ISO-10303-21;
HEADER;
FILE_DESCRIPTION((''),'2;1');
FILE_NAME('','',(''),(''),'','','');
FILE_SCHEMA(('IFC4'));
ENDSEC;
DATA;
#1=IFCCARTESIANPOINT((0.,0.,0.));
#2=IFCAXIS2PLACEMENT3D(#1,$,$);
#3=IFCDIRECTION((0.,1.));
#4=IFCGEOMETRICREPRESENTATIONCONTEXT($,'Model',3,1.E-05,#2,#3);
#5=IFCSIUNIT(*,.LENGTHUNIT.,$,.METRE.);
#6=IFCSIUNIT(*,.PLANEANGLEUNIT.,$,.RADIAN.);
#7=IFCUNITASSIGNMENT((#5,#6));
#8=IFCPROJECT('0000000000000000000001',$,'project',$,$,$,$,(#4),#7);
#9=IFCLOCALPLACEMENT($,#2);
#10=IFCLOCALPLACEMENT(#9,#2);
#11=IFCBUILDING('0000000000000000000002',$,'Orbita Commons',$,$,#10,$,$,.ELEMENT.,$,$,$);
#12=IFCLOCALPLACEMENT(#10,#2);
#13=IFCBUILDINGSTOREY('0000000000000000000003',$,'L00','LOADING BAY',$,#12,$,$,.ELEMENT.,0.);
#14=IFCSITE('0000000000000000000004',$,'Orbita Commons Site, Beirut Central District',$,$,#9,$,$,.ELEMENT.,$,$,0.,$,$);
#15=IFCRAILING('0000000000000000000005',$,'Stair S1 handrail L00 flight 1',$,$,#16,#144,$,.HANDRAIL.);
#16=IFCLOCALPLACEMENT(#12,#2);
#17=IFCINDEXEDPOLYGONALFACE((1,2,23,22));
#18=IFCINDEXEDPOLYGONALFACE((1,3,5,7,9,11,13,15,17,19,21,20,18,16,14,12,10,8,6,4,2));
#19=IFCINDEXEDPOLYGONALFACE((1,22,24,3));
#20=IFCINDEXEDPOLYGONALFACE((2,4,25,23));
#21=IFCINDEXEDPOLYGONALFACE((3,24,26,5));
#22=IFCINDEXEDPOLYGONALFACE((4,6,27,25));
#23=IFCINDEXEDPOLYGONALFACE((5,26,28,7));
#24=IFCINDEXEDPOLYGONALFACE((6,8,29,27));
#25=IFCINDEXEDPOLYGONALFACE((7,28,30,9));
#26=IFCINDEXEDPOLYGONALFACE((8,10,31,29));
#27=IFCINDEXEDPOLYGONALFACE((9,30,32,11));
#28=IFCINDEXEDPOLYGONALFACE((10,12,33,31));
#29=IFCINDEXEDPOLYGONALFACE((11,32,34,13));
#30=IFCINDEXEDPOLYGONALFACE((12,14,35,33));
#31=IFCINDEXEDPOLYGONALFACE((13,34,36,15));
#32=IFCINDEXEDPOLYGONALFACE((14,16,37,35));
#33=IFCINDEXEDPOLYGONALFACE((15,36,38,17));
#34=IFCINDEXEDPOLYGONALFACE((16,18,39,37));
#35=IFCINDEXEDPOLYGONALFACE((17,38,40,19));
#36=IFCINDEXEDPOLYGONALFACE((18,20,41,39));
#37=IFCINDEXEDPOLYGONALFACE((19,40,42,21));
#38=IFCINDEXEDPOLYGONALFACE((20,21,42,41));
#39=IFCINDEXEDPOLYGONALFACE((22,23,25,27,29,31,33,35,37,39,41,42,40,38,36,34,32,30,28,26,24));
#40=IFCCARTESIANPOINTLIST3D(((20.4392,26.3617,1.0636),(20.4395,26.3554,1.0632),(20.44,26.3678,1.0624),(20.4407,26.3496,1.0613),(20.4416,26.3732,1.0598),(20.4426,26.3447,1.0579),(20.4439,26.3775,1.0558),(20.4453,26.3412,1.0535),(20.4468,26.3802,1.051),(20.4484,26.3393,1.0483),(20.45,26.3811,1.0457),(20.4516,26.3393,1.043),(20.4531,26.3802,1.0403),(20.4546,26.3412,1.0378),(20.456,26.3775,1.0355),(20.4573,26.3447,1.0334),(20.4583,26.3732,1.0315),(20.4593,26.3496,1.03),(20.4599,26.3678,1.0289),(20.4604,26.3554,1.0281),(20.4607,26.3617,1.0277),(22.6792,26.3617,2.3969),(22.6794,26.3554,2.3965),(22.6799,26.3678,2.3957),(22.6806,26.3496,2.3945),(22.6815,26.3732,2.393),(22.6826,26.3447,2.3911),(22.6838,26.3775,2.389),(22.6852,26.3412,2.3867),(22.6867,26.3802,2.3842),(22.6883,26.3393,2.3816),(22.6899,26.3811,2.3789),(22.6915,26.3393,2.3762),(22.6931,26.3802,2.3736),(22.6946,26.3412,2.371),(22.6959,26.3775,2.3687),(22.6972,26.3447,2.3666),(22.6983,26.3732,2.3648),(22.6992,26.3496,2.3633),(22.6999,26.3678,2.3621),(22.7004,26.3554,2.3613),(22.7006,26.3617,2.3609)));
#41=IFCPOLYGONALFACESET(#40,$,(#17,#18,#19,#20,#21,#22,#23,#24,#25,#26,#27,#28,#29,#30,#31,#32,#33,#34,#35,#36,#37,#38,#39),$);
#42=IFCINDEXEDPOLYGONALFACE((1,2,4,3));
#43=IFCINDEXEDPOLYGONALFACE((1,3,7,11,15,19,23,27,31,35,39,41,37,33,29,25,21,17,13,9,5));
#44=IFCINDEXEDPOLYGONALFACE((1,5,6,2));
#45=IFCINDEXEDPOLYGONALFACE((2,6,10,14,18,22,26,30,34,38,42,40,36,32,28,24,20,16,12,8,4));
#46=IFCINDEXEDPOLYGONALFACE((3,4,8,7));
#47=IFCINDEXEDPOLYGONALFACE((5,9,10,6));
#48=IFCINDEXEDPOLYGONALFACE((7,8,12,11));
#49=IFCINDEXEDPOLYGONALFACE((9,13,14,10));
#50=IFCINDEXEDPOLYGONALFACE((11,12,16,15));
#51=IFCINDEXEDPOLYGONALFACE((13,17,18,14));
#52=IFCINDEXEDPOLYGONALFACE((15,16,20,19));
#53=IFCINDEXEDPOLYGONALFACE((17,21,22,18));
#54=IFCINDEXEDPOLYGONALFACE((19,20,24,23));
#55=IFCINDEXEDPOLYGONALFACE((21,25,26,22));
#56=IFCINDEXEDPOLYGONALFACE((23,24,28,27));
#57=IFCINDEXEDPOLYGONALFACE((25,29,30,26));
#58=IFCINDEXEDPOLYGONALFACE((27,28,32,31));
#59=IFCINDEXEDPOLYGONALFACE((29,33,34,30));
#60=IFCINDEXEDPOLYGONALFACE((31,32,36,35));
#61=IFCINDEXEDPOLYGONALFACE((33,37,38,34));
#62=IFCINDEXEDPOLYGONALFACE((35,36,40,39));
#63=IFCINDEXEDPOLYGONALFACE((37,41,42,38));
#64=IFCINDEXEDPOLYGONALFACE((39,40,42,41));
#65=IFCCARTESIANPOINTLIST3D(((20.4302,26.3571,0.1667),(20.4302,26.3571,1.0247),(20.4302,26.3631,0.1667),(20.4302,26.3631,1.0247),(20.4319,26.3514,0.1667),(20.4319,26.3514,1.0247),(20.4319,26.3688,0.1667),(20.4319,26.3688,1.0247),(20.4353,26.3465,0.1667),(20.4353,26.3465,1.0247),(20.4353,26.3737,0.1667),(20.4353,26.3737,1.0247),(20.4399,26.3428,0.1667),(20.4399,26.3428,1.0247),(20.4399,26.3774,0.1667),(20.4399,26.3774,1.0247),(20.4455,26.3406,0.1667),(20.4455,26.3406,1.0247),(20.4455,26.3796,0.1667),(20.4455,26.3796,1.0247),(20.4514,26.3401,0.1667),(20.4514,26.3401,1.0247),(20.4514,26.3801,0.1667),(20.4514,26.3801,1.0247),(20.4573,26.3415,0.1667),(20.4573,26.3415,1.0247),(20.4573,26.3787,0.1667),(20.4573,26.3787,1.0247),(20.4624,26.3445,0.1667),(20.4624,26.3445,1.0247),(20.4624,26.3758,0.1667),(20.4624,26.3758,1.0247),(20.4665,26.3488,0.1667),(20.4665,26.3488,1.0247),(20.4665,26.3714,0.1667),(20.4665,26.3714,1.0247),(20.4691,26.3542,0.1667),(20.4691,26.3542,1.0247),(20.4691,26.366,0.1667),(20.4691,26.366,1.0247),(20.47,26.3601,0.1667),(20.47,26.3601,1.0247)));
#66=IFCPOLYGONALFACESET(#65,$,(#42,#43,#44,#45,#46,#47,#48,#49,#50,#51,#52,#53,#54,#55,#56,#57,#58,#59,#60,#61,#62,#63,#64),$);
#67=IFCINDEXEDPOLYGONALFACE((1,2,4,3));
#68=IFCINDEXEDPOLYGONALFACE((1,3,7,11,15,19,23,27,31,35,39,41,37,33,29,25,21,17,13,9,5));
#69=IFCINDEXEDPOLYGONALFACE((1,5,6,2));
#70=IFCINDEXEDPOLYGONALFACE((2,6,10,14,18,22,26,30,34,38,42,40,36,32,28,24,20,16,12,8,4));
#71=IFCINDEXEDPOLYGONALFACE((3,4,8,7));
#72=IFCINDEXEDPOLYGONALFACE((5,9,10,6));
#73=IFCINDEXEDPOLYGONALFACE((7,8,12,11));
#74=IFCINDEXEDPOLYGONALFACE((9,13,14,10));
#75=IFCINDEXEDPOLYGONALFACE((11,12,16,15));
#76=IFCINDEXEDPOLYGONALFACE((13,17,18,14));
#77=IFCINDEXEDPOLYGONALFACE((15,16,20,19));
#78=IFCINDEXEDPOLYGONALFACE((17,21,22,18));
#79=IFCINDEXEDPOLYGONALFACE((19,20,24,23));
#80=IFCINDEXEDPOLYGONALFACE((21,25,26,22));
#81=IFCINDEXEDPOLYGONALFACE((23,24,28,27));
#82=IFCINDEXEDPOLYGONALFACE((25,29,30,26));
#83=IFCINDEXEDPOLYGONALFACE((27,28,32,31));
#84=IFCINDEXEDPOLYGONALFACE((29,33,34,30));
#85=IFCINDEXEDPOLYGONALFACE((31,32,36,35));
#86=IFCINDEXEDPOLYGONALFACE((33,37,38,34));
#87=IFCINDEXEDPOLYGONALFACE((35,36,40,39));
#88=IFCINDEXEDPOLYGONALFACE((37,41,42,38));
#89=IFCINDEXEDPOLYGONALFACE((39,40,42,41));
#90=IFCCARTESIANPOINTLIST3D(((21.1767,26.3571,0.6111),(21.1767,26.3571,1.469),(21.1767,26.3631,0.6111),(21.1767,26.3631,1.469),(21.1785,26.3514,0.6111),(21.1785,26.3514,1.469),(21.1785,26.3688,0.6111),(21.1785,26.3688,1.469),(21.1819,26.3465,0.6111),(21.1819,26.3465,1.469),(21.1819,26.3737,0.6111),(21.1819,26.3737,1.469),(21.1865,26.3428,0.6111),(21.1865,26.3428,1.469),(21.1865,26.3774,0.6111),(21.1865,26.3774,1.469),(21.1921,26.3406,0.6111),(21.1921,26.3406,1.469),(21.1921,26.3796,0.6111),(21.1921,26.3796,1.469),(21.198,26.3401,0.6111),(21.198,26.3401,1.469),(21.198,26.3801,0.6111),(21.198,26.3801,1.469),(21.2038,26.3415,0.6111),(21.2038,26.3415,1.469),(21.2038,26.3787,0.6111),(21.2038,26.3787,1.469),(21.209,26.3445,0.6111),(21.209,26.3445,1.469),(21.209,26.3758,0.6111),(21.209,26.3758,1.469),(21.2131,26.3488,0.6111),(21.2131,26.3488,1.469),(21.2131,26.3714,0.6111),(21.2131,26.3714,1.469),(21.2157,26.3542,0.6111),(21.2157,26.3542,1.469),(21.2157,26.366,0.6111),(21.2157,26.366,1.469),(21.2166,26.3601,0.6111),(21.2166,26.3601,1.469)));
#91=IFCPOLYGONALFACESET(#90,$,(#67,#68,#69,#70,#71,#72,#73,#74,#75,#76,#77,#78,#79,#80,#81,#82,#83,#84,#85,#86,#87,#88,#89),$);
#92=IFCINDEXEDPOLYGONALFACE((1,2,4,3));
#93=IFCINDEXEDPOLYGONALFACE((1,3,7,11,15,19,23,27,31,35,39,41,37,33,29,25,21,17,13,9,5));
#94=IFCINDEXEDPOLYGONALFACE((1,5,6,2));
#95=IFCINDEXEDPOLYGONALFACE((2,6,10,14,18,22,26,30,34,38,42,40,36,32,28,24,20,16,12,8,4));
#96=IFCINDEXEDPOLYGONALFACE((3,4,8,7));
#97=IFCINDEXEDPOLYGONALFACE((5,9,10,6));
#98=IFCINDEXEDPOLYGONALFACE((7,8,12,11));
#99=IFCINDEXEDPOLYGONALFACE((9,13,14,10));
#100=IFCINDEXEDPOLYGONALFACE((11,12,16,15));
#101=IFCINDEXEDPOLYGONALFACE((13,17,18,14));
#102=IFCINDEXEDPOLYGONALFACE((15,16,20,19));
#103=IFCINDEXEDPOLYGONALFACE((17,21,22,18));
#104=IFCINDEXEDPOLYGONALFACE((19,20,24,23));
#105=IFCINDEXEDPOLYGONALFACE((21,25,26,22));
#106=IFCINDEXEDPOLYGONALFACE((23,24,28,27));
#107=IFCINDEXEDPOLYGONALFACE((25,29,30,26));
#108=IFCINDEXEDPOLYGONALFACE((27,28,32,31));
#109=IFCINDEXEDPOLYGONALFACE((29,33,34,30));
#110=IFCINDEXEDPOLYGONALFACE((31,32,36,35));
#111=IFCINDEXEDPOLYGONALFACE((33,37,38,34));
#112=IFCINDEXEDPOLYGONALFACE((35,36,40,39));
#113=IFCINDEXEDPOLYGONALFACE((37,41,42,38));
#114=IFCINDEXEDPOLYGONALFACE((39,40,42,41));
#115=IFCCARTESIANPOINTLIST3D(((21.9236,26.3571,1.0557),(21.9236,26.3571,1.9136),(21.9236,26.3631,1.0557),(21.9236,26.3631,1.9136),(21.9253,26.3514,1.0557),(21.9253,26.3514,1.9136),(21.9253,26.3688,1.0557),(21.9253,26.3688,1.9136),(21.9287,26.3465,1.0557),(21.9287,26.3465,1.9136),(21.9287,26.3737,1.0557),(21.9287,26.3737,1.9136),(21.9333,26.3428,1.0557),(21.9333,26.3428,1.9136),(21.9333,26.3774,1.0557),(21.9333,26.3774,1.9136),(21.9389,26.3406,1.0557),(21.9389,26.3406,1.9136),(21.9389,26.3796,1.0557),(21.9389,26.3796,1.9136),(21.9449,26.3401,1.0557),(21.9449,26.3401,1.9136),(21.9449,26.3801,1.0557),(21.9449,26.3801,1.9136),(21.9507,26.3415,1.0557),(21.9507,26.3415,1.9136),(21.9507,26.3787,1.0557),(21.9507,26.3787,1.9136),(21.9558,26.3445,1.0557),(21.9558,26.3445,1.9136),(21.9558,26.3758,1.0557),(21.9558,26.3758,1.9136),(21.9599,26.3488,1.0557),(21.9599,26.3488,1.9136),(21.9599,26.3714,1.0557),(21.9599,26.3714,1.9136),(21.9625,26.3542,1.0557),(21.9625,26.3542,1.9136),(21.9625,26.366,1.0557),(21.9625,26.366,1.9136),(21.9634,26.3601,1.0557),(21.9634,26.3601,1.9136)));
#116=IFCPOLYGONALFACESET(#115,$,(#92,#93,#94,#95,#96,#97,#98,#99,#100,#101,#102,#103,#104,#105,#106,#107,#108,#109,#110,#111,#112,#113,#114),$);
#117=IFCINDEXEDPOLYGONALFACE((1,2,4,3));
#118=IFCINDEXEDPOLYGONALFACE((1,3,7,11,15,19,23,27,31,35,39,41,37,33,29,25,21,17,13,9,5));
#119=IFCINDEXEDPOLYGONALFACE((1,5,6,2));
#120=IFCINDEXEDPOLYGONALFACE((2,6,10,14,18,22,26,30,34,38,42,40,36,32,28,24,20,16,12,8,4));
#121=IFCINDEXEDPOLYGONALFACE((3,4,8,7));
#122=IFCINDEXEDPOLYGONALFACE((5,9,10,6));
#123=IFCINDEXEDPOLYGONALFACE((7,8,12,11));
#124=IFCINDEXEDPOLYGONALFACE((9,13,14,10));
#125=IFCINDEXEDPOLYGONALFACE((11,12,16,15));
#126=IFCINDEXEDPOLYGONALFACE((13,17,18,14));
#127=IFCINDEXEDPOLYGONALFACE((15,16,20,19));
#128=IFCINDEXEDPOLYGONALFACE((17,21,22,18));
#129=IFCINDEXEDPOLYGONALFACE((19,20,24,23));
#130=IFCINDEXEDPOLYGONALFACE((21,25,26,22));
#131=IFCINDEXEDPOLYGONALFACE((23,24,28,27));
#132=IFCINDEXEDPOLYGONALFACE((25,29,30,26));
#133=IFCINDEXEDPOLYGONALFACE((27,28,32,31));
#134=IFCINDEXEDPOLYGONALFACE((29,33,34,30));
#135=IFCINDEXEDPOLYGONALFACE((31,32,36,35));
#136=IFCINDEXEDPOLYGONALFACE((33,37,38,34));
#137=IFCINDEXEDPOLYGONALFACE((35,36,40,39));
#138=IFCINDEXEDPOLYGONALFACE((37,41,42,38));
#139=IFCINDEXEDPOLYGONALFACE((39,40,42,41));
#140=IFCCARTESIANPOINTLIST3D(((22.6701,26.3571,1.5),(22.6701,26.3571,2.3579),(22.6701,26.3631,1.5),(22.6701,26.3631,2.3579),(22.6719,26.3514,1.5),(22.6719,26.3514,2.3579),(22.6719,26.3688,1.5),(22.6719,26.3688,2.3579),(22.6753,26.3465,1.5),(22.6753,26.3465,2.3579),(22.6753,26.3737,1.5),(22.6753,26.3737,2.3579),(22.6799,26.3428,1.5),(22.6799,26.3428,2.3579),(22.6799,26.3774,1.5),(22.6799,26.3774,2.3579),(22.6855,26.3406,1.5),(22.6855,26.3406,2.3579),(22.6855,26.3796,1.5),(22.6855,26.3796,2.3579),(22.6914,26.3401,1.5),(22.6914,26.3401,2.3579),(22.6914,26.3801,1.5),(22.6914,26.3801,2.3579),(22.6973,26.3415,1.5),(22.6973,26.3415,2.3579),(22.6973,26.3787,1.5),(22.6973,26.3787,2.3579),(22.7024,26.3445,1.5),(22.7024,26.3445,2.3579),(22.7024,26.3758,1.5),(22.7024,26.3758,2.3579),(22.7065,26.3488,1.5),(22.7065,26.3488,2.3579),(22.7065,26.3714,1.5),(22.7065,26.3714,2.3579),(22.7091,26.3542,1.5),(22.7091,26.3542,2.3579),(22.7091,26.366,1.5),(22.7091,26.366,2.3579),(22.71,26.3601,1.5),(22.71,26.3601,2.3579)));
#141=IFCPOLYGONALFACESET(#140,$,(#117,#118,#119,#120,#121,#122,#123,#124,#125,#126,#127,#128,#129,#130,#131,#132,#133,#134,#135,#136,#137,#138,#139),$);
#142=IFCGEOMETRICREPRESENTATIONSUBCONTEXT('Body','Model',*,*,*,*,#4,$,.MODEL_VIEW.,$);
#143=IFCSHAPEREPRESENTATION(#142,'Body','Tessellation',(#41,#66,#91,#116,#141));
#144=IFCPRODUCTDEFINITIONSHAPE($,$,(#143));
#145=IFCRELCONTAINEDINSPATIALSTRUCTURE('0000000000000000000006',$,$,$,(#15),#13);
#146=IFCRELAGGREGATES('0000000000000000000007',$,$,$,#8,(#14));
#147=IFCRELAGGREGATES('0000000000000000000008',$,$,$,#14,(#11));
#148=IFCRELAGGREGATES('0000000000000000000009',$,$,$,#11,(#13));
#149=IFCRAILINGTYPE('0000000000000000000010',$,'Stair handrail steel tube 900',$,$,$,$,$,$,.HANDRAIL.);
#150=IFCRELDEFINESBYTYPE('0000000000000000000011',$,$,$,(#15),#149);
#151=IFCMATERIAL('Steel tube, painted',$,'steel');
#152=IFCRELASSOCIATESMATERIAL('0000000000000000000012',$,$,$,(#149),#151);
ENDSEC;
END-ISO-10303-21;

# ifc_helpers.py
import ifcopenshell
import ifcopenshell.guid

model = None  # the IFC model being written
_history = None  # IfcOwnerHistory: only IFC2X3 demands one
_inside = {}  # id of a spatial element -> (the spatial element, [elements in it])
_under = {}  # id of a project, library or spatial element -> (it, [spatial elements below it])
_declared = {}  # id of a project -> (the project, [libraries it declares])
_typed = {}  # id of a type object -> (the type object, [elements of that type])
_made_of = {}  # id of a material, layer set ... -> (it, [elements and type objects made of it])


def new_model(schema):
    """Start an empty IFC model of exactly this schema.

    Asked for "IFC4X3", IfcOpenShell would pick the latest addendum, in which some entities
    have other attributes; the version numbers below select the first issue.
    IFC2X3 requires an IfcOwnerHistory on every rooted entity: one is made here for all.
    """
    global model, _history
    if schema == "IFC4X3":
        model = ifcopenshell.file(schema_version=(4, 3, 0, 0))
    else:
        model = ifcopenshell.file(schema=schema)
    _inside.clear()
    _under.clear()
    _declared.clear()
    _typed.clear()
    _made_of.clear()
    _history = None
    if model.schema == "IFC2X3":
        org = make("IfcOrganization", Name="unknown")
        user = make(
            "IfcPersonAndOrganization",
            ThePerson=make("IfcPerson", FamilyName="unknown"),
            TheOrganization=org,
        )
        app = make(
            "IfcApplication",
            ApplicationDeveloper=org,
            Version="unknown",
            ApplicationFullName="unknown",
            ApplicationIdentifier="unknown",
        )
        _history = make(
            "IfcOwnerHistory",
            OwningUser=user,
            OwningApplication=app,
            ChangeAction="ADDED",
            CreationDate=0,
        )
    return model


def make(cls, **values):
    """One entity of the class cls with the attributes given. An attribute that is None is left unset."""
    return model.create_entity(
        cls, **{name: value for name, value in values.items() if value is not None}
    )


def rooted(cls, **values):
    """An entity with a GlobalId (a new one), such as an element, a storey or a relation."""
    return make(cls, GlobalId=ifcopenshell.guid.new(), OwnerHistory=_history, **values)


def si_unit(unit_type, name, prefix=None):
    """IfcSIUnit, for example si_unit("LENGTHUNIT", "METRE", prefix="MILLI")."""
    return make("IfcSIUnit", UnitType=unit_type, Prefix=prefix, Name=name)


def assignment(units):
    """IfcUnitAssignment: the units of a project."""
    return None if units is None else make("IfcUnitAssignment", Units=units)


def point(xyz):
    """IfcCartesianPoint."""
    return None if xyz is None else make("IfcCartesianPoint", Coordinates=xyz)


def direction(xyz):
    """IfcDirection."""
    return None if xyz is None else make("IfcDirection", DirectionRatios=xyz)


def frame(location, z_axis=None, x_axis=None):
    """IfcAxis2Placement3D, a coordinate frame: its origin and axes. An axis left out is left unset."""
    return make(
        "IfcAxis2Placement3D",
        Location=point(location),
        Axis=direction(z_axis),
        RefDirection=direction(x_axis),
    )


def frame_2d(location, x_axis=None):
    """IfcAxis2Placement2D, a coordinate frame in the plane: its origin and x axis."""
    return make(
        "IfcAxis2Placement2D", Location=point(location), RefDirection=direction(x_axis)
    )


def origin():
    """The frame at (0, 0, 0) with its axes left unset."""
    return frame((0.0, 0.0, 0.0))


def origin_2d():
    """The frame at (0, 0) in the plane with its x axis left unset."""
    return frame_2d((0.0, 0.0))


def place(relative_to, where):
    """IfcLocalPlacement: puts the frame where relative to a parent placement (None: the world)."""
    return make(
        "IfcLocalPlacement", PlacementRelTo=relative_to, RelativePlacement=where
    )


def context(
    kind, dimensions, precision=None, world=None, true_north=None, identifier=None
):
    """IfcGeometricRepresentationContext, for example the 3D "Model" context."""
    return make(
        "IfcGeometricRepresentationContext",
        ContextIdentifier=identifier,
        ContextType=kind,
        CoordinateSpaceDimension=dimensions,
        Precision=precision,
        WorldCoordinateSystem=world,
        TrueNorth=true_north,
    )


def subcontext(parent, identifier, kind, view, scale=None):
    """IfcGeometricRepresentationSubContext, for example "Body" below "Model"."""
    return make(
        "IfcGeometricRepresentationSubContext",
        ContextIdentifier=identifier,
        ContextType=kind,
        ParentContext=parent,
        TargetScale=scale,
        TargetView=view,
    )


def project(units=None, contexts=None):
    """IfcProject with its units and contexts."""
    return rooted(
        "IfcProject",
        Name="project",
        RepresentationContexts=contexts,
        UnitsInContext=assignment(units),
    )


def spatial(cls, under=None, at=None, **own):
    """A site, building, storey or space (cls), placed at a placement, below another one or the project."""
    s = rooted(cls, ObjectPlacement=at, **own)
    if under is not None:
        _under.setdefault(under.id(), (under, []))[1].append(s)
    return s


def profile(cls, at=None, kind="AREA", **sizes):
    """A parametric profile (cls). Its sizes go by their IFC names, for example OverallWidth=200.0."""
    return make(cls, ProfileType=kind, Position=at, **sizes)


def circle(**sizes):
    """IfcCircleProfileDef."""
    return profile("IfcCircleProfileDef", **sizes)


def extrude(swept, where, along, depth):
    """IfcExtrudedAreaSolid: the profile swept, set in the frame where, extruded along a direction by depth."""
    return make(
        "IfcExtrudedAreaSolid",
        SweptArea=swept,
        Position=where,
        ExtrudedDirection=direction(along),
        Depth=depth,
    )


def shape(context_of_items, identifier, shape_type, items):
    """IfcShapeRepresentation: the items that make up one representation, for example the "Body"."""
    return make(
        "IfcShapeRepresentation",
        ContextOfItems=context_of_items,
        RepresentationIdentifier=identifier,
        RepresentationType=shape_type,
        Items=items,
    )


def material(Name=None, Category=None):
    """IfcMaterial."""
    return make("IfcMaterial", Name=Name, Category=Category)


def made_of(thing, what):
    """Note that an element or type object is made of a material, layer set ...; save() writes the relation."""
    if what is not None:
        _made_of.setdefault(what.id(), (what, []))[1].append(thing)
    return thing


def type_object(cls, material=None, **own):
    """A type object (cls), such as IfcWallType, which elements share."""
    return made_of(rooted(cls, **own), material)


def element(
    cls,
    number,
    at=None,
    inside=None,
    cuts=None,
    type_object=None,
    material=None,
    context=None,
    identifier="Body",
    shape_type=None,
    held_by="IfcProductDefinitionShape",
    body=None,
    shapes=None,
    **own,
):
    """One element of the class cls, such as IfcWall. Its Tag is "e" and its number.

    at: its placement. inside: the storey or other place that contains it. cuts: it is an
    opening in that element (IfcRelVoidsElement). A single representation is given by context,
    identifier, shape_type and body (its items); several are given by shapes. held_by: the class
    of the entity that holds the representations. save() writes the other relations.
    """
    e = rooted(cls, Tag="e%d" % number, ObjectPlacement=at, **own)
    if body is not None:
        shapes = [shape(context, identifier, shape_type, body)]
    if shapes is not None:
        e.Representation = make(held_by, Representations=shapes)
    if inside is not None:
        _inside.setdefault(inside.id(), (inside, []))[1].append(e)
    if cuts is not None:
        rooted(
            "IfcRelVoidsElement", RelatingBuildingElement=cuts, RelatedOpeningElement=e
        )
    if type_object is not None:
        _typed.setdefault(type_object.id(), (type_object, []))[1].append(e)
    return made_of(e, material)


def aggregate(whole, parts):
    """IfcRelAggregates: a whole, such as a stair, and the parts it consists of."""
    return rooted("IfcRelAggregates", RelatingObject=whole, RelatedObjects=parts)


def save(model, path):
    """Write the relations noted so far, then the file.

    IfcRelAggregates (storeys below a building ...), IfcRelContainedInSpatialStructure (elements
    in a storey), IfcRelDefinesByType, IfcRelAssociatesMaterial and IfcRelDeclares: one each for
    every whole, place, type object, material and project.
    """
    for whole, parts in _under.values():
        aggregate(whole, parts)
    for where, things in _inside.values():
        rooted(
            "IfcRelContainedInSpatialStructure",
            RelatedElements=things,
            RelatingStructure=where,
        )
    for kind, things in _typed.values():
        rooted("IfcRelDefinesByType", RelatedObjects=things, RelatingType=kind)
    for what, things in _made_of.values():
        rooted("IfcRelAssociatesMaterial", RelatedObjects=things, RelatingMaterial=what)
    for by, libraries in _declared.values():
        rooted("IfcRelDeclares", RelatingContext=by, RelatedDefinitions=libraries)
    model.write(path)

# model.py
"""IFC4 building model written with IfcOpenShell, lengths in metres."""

from ifc_helpers import new_model, si_unit, direction, frame, origin, origin_2d, place, context, subcontext, project, spatial, circle, extrude, material, type_object, element, save


model = new_model("IFC4")

# Units and contexts
model_context = context("Model", 3, precision=1e-05, world=origin(), true_north=direction((0.0, 1.0)))
body_context = subcontext(model_context, "Body", "Model", "MODEL_VIEW")
ifc_project = project(units=[si_unit("LENGTHUNIT", "METRE"), si_unit("PLANEANGLEUNIT", "RADIAN")], contexts=[model_context])

# Site, building, storey
site_placement = place(None, origin())
site = spatial("IfcSite", under=ifc_project, at=site_placement, Name="Orbita Commons Site, Beirut Central District", CompositionType="ELEMENT", RefElevation=0.0)
building_placement = place(site_placement, origin())
building = spatial("IfcBuilding", under=site, at=building_placement, Name="Orbita Commons", CompositionType="ELEMENT")
storey_placement = place(building_placement, origin())
storey = spatial("IfcBuildingStorey", under=building, at=storey_placement, Name="L00", Description="LOADING BAY", CompositionType="ELEMENT", Elevation=0.0)

# Railing
ifc_material_1 = material(Name="Steel tube, painted", Category="steel")
railing_type = type_object("IfcRailingType", Name="Stair handrail steel tube 900", PredefinedType="HANDRAIL", material=ifc_material_1)
for number, where, name in (
    (1, (20.45, 26.3601, 0.1667), "Stair S1 handrail L00 flight 1"),
):
    element("IfcRailing", number, at=place(storey_placement, frame(where)), inside=storey, type_object=railing_type, Name=name, PredefinedType="HANDRAIL", context=body_context, shape_type="SweptSolid", body=[
        extrude(circle(Radius=0.021, at=origin_2d()), frame((0.0, 0.0, 0.8789), z_axis=(0.859306, 0.0, 0.511462), x_axis=(0.0, 1.0, 0.0)), (0.0, 0.0, 1.0), 2.6067),
        extrude(circle(Radius=0.02, at=origin_2d()), origin(), (0.0, 0.0, 1.0), 0.8579),
        extrude(circle(Radius=0.02, at=origin_2d()), frame((0.7466, 0.0, 0.4443)), (0.0, 0.0, 1.0), 0.8579),
        extrude(circle(Radius=0.02, at=origin_2d()), frame((1.4934, 0.0, 0.8889)), (0.0, 0.0, 1.0), 0.8579),
        extrude(circle(Radius=0.02, at=origin_2d()), frame((2.24, 0.0, 1.3333)), (0.0, 0.0, 1.0), 0.8579),
    ])

save(model, "model.ifc")
